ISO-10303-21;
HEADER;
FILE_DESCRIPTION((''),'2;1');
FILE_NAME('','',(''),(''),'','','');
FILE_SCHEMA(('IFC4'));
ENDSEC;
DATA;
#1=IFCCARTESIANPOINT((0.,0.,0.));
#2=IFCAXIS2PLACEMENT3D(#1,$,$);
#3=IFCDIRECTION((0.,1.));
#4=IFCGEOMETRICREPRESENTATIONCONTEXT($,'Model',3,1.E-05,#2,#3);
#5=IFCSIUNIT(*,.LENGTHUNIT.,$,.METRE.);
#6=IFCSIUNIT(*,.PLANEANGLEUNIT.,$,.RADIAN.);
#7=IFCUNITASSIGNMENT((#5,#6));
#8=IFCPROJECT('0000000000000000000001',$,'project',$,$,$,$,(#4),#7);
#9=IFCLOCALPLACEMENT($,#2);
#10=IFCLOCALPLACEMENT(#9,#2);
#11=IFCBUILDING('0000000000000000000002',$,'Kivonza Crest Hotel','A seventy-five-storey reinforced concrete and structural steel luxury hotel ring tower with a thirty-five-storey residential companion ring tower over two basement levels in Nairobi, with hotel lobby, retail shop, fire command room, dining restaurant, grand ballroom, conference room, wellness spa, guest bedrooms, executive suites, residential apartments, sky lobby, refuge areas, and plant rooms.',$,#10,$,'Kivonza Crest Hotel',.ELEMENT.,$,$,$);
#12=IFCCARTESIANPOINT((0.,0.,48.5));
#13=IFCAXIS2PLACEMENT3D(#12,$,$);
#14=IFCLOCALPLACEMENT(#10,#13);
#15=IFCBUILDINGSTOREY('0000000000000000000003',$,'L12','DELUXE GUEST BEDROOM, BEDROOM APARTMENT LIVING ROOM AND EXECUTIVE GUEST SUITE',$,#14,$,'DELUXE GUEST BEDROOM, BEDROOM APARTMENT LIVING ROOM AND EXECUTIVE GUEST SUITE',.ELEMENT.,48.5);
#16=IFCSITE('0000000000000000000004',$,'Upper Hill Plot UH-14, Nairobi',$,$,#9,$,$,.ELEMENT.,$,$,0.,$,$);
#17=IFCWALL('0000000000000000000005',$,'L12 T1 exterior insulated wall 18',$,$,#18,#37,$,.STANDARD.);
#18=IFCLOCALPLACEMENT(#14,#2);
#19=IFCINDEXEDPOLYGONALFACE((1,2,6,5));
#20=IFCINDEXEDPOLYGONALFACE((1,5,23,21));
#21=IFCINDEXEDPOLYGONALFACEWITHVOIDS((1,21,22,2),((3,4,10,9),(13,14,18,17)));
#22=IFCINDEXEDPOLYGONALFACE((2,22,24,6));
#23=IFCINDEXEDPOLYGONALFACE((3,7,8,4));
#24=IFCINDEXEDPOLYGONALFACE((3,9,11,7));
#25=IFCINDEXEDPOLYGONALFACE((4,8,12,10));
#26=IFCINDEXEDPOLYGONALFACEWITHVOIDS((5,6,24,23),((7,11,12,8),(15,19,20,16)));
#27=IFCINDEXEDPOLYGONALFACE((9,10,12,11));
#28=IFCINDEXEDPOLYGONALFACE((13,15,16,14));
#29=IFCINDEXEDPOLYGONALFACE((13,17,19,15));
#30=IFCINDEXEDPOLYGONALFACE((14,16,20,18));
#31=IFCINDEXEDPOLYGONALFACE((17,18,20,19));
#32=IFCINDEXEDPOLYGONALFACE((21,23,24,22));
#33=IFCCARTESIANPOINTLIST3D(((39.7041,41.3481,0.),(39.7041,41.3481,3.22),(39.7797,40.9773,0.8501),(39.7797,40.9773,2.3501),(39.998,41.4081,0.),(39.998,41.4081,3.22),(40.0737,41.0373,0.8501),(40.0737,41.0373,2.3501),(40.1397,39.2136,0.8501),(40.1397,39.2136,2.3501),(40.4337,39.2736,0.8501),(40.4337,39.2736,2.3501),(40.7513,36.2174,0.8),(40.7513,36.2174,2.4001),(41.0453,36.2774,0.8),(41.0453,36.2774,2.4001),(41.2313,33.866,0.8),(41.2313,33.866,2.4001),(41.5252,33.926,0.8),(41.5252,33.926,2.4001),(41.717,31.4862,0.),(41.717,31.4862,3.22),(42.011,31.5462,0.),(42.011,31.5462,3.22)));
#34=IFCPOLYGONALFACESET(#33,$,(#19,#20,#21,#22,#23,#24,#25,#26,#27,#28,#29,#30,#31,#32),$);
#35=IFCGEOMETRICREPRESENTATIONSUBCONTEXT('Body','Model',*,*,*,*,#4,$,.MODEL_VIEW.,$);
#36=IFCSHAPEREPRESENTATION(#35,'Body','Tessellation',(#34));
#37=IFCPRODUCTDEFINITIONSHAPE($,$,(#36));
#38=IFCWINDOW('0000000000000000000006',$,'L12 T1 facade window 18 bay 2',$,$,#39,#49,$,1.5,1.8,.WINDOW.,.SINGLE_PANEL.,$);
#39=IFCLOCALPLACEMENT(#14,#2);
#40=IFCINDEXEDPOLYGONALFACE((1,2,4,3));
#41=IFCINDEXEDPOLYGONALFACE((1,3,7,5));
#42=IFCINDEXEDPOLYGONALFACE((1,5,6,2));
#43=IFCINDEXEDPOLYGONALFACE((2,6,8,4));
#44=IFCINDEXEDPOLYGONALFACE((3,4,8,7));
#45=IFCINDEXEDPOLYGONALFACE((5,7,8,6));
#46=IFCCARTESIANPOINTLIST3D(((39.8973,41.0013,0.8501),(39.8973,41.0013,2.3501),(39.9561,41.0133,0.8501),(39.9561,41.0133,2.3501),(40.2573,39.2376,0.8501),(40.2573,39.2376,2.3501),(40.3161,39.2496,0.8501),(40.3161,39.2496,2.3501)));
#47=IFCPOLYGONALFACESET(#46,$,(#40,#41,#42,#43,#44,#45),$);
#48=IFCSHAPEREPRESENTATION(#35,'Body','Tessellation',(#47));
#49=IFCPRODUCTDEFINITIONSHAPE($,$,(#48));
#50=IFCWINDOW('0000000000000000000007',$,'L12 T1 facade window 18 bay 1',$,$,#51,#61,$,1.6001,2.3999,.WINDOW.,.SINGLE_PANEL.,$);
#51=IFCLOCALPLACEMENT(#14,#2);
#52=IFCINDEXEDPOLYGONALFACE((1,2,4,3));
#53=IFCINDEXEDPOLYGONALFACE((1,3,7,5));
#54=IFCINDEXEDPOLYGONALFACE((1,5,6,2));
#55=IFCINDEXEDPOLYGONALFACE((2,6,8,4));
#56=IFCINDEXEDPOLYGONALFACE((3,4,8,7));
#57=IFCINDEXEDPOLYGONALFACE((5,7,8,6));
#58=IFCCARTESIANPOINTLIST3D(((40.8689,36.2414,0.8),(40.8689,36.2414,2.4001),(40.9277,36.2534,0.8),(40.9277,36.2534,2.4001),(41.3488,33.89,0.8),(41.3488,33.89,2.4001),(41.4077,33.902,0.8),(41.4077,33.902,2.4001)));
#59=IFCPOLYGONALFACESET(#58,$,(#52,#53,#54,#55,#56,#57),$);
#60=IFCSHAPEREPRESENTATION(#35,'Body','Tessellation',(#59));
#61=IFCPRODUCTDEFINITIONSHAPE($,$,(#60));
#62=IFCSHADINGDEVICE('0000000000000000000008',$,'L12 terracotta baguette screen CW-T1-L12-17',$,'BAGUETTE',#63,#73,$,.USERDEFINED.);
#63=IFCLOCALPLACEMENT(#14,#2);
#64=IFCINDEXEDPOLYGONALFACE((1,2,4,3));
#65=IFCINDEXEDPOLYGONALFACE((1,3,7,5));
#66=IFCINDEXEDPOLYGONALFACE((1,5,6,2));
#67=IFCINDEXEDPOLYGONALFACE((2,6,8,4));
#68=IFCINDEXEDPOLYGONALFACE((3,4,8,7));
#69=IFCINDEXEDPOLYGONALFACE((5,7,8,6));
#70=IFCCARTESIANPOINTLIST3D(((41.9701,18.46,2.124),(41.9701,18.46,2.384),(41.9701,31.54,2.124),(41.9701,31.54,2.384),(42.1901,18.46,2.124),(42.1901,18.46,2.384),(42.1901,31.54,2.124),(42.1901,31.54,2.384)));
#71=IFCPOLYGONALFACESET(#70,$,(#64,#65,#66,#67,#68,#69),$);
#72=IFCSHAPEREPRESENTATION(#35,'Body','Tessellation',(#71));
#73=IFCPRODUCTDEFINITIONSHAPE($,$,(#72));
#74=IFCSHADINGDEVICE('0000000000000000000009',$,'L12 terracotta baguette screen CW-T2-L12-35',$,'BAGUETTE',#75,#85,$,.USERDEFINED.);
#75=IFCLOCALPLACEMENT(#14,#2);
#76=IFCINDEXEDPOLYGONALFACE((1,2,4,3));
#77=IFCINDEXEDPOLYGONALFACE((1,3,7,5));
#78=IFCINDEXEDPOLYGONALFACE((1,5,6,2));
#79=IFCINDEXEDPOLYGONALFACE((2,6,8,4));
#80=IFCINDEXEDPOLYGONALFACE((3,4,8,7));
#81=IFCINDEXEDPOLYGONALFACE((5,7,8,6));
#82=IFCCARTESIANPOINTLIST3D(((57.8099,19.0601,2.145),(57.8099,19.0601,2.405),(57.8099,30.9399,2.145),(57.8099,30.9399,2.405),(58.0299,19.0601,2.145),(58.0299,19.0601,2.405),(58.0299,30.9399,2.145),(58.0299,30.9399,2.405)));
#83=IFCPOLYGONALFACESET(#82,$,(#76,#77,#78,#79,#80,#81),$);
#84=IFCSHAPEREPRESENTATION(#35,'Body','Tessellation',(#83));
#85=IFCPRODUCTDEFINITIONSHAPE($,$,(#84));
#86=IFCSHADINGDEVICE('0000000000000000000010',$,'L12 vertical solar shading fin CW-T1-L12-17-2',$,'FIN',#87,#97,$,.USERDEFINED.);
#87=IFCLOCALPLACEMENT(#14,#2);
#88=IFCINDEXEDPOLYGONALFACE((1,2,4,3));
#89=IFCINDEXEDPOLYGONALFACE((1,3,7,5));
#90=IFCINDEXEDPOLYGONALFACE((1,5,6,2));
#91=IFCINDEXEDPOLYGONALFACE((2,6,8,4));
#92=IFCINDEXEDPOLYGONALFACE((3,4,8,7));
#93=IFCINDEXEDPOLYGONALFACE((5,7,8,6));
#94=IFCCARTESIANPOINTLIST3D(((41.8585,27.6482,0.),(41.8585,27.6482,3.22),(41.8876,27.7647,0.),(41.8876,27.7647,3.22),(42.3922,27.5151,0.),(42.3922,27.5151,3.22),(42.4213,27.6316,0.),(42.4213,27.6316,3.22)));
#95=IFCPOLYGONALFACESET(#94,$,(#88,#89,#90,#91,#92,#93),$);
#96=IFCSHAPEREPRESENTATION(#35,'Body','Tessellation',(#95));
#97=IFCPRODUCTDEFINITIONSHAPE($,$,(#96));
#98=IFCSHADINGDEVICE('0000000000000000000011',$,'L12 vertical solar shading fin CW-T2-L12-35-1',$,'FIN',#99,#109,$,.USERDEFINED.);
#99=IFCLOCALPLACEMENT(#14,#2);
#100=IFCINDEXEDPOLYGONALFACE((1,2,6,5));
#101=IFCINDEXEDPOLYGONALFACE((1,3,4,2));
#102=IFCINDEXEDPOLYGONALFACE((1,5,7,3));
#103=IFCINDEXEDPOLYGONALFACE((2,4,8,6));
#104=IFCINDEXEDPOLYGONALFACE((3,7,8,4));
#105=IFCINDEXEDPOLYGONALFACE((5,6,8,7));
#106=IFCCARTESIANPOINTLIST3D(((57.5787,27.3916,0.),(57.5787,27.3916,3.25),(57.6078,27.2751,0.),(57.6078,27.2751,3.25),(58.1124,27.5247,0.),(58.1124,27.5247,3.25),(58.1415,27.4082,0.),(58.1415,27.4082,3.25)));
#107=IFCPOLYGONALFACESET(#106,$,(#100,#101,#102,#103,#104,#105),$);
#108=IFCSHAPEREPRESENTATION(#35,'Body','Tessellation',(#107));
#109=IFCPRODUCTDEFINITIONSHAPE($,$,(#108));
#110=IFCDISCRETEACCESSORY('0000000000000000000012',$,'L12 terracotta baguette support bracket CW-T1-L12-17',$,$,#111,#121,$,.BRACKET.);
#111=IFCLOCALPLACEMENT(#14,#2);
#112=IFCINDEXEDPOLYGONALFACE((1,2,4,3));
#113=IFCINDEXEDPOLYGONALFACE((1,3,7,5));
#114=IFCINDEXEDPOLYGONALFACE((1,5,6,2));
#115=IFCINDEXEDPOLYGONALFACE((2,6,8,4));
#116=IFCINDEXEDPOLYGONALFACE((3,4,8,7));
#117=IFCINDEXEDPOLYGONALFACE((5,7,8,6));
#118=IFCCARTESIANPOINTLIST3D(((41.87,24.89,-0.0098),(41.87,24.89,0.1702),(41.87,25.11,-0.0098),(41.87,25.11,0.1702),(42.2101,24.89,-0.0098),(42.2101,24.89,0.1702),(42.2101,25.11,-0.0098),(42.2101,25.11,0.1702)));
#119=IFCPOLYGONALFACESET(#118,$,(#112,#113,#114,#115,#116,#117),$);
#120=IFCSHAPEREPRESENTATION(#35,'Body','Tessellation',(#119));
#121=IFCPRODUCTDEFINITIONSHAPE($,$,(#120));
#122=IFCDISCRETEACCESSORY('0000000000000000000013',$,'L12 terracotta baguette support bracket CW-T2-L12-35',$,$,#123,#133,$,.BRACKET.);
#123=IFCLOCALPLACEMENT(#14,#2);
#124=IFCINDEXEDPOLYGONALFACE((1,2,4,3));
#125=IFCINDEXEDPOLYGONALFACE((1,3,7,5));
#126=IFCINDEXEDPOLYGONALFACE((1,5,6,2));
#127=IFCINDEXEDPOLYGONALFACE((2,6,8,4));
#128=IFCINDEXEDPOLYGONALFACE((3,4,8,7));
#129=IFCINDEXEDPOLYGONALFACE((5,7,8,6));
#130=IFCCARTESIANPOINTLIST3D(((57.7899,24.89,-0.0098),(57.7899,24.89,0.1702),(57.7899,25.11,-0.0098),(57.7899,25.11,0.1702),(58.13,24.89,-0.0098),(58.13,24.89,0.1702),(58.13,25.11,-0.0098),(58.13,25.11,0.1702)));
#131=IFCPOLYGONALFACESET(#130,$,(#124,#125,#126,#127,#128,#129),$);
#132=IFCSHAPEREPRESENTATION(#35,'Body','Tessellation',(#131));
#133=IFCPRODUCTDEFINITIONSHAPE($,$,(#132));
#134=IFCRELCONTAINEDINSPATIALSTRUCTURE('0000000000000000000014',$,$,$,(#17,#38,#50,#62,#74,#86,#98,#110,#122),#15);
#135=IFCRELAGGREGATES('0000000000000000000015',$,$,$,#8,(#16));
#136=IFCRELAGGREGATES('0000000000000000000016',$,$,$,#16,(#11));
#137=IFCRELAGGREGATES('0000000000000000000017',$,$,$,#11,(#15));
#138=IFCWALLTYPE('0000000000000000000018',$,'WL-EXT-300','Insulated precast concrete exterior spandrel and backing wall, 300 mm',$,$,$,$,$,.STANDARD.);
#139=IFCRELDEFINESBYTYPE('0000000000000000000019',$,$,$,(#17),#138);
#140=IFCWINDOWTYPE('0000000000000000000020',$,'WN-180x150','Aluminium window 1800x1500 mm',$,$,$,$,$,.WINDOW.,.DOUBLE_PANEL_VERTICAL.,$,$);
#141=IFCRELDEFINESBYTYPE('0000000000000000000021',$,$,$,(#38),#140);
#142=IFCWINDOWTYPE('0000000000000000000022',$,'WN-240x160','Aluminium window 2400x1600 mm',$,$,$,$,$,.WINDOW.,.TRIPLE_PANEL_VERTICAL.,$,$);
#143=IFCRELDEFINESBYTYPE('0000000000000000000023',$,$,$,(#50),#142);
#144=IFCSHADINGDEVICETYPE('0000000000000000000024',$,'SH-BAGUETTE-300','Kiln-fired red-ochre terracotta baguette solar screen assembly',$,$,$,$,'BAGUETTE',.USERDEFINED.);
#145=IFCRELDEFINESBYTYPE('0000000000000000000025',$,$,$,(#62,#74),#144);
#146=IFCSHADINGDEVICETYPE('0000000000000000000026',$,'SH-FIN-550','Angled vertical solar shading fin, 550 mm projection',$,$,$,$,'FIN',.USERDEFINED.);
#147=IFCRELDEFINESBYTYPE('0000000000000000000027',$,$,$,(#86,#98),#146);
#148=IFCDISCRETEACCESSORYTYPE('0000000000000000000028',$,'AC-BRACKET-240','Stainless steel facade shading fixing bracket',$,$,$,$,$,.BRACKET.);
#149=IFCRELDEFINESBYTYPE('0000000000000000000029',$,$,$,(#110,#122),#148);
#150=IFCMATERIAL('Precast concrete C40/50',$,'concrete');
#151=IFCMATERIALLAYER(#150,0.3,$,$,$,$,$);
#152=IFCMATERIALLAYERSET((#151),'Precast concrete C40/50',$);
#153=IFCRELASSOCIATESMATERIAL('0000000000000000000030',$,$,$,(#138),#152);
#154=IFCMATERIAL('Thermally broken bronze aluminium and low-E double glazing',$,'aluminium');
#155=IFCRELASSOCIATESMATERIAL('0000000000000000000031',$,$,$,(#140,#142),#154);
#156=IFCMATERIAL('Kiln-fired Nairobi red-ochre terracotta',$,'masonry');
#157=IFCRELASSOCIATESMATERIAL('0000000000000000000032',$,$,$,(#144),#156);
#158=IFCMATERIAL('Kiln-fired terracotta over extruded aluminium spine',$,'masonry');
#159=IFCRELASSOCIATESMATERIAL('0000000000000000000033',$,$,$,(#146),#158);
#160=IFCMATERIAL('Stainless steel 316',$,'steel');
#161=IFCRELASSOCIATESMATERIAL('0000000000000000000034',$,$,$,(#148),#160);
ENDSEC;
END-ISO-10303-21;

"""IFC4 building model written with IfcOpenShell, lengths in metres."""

from ifc_helpers import new_model, si_unit, direction, frame, frame_2d, origin, origin_2d, place, context, subcontext, project, spatial, rectangle, extrude, material, layer, layer_set, type_object, element, fill, save


model = new_model("IFC4")

# Units and contexts
model_context = context("Model", 3, precision=1e-05, world=origin(), true_north=direction((0.0, 1.0)))
body_context = subcontext(model_context, "Body", "Model", "MODEL_VIEW")
ifc_project = project(units=[si_unit("LENGTHUNIT", "METRE"), si_unit("PLANEANGLEUNIT", "RADIAN")], contexts=[model_context])

# Site, building, storey
site_placement = place(None, origin())
site = spatial("IfcSite", under=ifc_project, at=site_placement, Name="Upper Hill Plot UH-14, Nairobi", CompositionType="ELEMENT", RefElevation=0.0)
building_placement = place(site_placement, origin())
building = spatial("IfcBuilding", under=site, at=building_placement, Name="Kivonza Crest Hotel", Description="A seventy-five-storey reinforced concrete and structural steel luxury hotel ring tower with a thirty-five-storey residential companion ring tower over two basement levels in Nairobi, with hotel lobby, retail shop, fire command room, dining restaurant, grand ballroom, conference room, wellness spa, guest bedrooms, executive suites, residential apartments, sky lobby, refuge areas, and plant rooms.", LongName="Kivonza Crest Hotel", CompositionType="ELEMENT")
storey_placement = place(building_placement, frame((0.0, 0.0, 48.5)))
storey = spatial("IfcBuildingStorey", under=building, at=storey_placement, Name="L12", Description="DELUXE GUEST BEDROOM, BEDROOM APARTMENT LIVING ROOM AND EXECUTIVE GUEST SUITE", LongName="DELUXE GUEST BEDROOM, BEDROOM APARTMENT LIVING ROOM AND EXECUTIVE GUEST SUITE", CompositionType="ELEMENT", Elevation=48.5)

# Wall, openings, windows
ifc_material_1 = material(Name="Precast concrete C40/50", Category="concrete")
ifc_layer_1 = layer(ifc_material_1, 0.3)
ifc_layer_set_1 = layer_set([ifc_layer_1], Name="Precast concrete C40/50")
wall_type = type_object("IfcWallType", Name="WL-EXT-300", Description="Insulated precast concrete exterior spandrel and backing wall, 300 mm", PredefinedType="STANDARD", material=ifc_layer_set_1)
wall_placement = place(storey_placement, frame((41.864, 31.5161, 0.0), z_axis=(0.0, 0.0, 1.0), x_axis=(-0.199991, 0.979798, 0.0)))
wall = element("IfcWall", 1, at=wall_placement, inside=storey, type_object=wall_type, Name="L12 T1 exterior insulated wall 18", PredefinedType="STANDARD", context=body_context, shape_type="SweptSolid", body=[
    extrude(rectangle(XDim=10.0652, YDim=0.3, at=frame_2d((5.0327, 0.0))), origin(), (0.0, 0.0, 1.0), 3.22),
])
opening_1_placement = place(wall_placement, frame((2.429, 0.0, 0.8)))
opening_1 = element("IfcOpeningElement", 2, at=opening_1_placement, cuts=wall, PredefinedType="OPENING", context=body_context, shape_type="SweptSolid", body=[
    extrude(rectangle(XDim=2.3999, YDim=1.6001, at=frame_2d((1.2, 0.8))), frame((0.0, 0.1602, 0.0), z_axis=(0.0, -1.0, 0.0), x_axis=(1.0, 0.0, 0.0)), (0.0, 0.0, 1.0), 0.3201),
])
opening_2_placement = place(wall_placement, frame((7.887, 0.0, 0.8501)))
opening_2 = element("IfcOpeningElement", 3, at=opening_2_placement, cuts=wall, PredefinedType="OPENING", context=body_context, shape_type="SweptSolid", body=[
    extrude(rectangle(XDim=1.8, YDim=1.5, at=frame_2d((0.8999, 0.75))), frame((0.0, 0.1602, 0.0), z_axis=(0.0, -1.0, 0.0), x_axis=(1.0, 0.0, 0.0)), (0.0, 0.0, 1.0), 0.3201),
])
ifc_material_2 = material(Name="Thermally broken bronze aluminium and low-E double glazing", Category="aluminium")
window_type_1 = type_object("IfcWindowType", Name="WN-180x150", Description="Aluminium window 1800x1500 mm", PartitioningType="DOUBLE_PANEL_VERTICAL", PredefinedType="WINDOW", material=ifc_material_2)
window_1_placement = place(opening_2_placement, origin())
window_1 = element("IfcWindow", 4, at=window_1_placement, inside=storey, type_object=window_type_1, Name="L12 T1 facade window 18 bay 2", OverallHeight=1.5, OverallWidth=1.8, PartitioningType="SINGLE_PANEL", PredefinedType="WINDOW", context=body_context, shape_type="SweptSolid", body=[
    extrude(rectangle(XDim=1.8, YDim=1.5, at=frame_2d((0.8999, 0.75))), frame((0.0, 0.03, 0.0), z_axis=(0.0, -1.0, 0.0), x_axis=(1.0, 0.0, 0.0)), (0.0, 0.0, 1.0), 0.0601),
])
fill(opening_2, window_1)
window_type_2 = type_object("IfcWindowType", Name="WN-240x160", Description="Aluminium window 2400x1600 mm", PartitioningType="TRIPLE_PANEL_VERTICAL", PredefinedType="WINDOW", material=ifc_material_2)
window_2_placement = place(opening_1_placement, origin())
window_2 = element("IfcWindow", 5, at=window_2_placement, inside=storey, type_object=window_type_2, Name="L12 T1 facade window 18 bay 1", OverallHeight=1.6001, OverallWidth=2.3999, PartitioningType="SINGLE_PANEL", PredefinedType="WINDOW", context=body_context, shape_type="SweptSolid", body=[
    extrude(rectangle(XDim=2.3999, YDim=1.6001, at=frame_2d((1.2, 0.8))), frame((0.0, 0.03, 0.0), z_axis=(0.0, -1.0, 0.0), x_axis=(1.0, 0.0, 0.0)), (0.0, 0.0, 1.0), 0.0601),
])
fill(opening_1, window_2)

# Shading devices
ifc_material_3 = material(Name="Kiln-fired Nairobi red-ochre terracotta", Category="masonry")
shading_device_type_1 = type_object("IfcShadingDeviceType", Name="SH-BAGUETTE-300", Description="Kiln-fired red-ochre terracotta baguette solar screen assembly", ElementType="BAGUETTE", PredefinedType="USERDEFINED", material=ifc_material_3)
shading_device_1_placement = place(storey_placement, frame((42.0801, 25.0, 2.124), z_axis=(0.0, 0.0, 1.0), x_axis=(0.0, 1.0, 0.0)))
element("IfcShadingDevice", 6, at=shading_device_1_placement, inside=storey, type_object=shading_device_type_1, Name="L12 terracotta baguette screen CW-T1-L12-17", ObjectType="BAGUETTE", PredefinedType="USERDEFINED", context=body_context, shape_type="SweptSolid", body=[
    extrude(rectangle(XDim=13.0801, YDim=0.22, at=origin_2d()), origin(), (0.0, 0.0, 1.0), 0.26),
])
shading_device_2_placement = place(storey_placement, frame((57.9199, 25.0, 2.145), z_axis=(0.0, 0.0, 1.0), x_axis=(0.0, -1.0, 0.0)))
element("IfcShadingDevice", 7, at=shading_device_2_placement, inside=storey, type_object=shading_device_type_1, Name="L12 terracotta baguette screen CW-T2-L12-35", ObjectType="BAGUETTE", PredefinedType="USERDEFINED", context=body_context, shape_type="SweptSolid", body=[
    extrude(rectangle(XDim=11.8799, YDim=0.22, at=origin_2d()), origin(), (0.0, 0.0, 1.0), 0.26),
])
ifc_material_4 = material(Name="Kiln-fired terracotta over extruded aluminium spine", Category="masonry")
shading_device_type_2 = type_object("IfcShadingDeviceType", Name="SH-FIN-550", Description="Angled vertical solar shading fin, 550 mm projection", ElementType="FIN", PredefinedType="USERDEFINED", material=ifc_material_4)
shading_device_3_placement = place(storey_placement, frame((42.1399, 27.6399, 0.0), z_axis=(0.0, 0.0, 1.0), x_axis=(0.241922, 0.970296, 0.0)))
element("IfcShadingDevice", 8, at=shading_device_3_placement, inside=storey, type_object=shading_device_type_2, Name="L12 vertical solar shading fin CW-T1-L12-17-2", ObjectType="FIN", PredefinedType="USERDEFINED", context=body_context, shape_type="SweptSolid", body=[
    extrude(rectangle(XDim=0.1201, YDim=0.55, at=origin_2d()), origin(), (0.0, 0.0, 1.0), 3.22),
])
shading_device_4_placement = place(storey_placement, frame((57.8601, 27.3999, 0.0), z_axis=(0.0, 0.0, 1.0), x_axis=(0.241922, -0.970296, 0.0)))
element("IfcShadingDevice", 9, at=shading_device_4_placement, inside=storey, type_object=shading_device_type_2, Name="L12 vertical solar shading fin CW-T2-L12-35-1", ObjectType="FIN", PredefinedType="USERDEFINED", context=body_context, shape_type="SweptSolid", body=[
    extrude(rectangle(XDim=0.1201, YDim=0.55, at=origin_2d()), origin(), (0.0, 0.0, 1.0), 3.25),
])

# Discrete accessories
ifc_material_5 = material(Name="Stainless steel 316", Category="steel")
discrete_accessory_type = type_object("IfcDiscreteAccessoryType", Name="AC-BRACKET-240", Description="Stainless steel facade shading fixing bracket", PredefinedType="BRACKET", material=ifc_material_5)
for number, where, z_axis, x_axis, name in (
    (10, (42.04, 25.0, -0.0098), (0.0, 0.0, 1.0), (0.0, 1.0, 0.0), "L12 terracotta baguette support bracket CW-T1-L12-17"),
    (11, (57.96, 25.0, -0.0098), (0.0, 0.0, 1.0), (0.0, -1.0, 0.0), "L12 terracotta baguette support bracket CW-T2-L12-35"),
):
    element("IfcDiscreteAccessory", number, at=place(storey_placement, frame(where, z_axis=z_axis, x_axis=x_axis)), inside=storey, type_object=discrete_accessory_type, Name=name, PredefinedType="BRACKET", context=body_context, shape_type="SweptSolid", body=[
        extrude(rectangle(XDim=0.22, YDim=0.3401, at=origin_2d()), origin(), (0.0, 0.0, 1.0), 0.1799),
    ])

save(model, "model.ifc")
